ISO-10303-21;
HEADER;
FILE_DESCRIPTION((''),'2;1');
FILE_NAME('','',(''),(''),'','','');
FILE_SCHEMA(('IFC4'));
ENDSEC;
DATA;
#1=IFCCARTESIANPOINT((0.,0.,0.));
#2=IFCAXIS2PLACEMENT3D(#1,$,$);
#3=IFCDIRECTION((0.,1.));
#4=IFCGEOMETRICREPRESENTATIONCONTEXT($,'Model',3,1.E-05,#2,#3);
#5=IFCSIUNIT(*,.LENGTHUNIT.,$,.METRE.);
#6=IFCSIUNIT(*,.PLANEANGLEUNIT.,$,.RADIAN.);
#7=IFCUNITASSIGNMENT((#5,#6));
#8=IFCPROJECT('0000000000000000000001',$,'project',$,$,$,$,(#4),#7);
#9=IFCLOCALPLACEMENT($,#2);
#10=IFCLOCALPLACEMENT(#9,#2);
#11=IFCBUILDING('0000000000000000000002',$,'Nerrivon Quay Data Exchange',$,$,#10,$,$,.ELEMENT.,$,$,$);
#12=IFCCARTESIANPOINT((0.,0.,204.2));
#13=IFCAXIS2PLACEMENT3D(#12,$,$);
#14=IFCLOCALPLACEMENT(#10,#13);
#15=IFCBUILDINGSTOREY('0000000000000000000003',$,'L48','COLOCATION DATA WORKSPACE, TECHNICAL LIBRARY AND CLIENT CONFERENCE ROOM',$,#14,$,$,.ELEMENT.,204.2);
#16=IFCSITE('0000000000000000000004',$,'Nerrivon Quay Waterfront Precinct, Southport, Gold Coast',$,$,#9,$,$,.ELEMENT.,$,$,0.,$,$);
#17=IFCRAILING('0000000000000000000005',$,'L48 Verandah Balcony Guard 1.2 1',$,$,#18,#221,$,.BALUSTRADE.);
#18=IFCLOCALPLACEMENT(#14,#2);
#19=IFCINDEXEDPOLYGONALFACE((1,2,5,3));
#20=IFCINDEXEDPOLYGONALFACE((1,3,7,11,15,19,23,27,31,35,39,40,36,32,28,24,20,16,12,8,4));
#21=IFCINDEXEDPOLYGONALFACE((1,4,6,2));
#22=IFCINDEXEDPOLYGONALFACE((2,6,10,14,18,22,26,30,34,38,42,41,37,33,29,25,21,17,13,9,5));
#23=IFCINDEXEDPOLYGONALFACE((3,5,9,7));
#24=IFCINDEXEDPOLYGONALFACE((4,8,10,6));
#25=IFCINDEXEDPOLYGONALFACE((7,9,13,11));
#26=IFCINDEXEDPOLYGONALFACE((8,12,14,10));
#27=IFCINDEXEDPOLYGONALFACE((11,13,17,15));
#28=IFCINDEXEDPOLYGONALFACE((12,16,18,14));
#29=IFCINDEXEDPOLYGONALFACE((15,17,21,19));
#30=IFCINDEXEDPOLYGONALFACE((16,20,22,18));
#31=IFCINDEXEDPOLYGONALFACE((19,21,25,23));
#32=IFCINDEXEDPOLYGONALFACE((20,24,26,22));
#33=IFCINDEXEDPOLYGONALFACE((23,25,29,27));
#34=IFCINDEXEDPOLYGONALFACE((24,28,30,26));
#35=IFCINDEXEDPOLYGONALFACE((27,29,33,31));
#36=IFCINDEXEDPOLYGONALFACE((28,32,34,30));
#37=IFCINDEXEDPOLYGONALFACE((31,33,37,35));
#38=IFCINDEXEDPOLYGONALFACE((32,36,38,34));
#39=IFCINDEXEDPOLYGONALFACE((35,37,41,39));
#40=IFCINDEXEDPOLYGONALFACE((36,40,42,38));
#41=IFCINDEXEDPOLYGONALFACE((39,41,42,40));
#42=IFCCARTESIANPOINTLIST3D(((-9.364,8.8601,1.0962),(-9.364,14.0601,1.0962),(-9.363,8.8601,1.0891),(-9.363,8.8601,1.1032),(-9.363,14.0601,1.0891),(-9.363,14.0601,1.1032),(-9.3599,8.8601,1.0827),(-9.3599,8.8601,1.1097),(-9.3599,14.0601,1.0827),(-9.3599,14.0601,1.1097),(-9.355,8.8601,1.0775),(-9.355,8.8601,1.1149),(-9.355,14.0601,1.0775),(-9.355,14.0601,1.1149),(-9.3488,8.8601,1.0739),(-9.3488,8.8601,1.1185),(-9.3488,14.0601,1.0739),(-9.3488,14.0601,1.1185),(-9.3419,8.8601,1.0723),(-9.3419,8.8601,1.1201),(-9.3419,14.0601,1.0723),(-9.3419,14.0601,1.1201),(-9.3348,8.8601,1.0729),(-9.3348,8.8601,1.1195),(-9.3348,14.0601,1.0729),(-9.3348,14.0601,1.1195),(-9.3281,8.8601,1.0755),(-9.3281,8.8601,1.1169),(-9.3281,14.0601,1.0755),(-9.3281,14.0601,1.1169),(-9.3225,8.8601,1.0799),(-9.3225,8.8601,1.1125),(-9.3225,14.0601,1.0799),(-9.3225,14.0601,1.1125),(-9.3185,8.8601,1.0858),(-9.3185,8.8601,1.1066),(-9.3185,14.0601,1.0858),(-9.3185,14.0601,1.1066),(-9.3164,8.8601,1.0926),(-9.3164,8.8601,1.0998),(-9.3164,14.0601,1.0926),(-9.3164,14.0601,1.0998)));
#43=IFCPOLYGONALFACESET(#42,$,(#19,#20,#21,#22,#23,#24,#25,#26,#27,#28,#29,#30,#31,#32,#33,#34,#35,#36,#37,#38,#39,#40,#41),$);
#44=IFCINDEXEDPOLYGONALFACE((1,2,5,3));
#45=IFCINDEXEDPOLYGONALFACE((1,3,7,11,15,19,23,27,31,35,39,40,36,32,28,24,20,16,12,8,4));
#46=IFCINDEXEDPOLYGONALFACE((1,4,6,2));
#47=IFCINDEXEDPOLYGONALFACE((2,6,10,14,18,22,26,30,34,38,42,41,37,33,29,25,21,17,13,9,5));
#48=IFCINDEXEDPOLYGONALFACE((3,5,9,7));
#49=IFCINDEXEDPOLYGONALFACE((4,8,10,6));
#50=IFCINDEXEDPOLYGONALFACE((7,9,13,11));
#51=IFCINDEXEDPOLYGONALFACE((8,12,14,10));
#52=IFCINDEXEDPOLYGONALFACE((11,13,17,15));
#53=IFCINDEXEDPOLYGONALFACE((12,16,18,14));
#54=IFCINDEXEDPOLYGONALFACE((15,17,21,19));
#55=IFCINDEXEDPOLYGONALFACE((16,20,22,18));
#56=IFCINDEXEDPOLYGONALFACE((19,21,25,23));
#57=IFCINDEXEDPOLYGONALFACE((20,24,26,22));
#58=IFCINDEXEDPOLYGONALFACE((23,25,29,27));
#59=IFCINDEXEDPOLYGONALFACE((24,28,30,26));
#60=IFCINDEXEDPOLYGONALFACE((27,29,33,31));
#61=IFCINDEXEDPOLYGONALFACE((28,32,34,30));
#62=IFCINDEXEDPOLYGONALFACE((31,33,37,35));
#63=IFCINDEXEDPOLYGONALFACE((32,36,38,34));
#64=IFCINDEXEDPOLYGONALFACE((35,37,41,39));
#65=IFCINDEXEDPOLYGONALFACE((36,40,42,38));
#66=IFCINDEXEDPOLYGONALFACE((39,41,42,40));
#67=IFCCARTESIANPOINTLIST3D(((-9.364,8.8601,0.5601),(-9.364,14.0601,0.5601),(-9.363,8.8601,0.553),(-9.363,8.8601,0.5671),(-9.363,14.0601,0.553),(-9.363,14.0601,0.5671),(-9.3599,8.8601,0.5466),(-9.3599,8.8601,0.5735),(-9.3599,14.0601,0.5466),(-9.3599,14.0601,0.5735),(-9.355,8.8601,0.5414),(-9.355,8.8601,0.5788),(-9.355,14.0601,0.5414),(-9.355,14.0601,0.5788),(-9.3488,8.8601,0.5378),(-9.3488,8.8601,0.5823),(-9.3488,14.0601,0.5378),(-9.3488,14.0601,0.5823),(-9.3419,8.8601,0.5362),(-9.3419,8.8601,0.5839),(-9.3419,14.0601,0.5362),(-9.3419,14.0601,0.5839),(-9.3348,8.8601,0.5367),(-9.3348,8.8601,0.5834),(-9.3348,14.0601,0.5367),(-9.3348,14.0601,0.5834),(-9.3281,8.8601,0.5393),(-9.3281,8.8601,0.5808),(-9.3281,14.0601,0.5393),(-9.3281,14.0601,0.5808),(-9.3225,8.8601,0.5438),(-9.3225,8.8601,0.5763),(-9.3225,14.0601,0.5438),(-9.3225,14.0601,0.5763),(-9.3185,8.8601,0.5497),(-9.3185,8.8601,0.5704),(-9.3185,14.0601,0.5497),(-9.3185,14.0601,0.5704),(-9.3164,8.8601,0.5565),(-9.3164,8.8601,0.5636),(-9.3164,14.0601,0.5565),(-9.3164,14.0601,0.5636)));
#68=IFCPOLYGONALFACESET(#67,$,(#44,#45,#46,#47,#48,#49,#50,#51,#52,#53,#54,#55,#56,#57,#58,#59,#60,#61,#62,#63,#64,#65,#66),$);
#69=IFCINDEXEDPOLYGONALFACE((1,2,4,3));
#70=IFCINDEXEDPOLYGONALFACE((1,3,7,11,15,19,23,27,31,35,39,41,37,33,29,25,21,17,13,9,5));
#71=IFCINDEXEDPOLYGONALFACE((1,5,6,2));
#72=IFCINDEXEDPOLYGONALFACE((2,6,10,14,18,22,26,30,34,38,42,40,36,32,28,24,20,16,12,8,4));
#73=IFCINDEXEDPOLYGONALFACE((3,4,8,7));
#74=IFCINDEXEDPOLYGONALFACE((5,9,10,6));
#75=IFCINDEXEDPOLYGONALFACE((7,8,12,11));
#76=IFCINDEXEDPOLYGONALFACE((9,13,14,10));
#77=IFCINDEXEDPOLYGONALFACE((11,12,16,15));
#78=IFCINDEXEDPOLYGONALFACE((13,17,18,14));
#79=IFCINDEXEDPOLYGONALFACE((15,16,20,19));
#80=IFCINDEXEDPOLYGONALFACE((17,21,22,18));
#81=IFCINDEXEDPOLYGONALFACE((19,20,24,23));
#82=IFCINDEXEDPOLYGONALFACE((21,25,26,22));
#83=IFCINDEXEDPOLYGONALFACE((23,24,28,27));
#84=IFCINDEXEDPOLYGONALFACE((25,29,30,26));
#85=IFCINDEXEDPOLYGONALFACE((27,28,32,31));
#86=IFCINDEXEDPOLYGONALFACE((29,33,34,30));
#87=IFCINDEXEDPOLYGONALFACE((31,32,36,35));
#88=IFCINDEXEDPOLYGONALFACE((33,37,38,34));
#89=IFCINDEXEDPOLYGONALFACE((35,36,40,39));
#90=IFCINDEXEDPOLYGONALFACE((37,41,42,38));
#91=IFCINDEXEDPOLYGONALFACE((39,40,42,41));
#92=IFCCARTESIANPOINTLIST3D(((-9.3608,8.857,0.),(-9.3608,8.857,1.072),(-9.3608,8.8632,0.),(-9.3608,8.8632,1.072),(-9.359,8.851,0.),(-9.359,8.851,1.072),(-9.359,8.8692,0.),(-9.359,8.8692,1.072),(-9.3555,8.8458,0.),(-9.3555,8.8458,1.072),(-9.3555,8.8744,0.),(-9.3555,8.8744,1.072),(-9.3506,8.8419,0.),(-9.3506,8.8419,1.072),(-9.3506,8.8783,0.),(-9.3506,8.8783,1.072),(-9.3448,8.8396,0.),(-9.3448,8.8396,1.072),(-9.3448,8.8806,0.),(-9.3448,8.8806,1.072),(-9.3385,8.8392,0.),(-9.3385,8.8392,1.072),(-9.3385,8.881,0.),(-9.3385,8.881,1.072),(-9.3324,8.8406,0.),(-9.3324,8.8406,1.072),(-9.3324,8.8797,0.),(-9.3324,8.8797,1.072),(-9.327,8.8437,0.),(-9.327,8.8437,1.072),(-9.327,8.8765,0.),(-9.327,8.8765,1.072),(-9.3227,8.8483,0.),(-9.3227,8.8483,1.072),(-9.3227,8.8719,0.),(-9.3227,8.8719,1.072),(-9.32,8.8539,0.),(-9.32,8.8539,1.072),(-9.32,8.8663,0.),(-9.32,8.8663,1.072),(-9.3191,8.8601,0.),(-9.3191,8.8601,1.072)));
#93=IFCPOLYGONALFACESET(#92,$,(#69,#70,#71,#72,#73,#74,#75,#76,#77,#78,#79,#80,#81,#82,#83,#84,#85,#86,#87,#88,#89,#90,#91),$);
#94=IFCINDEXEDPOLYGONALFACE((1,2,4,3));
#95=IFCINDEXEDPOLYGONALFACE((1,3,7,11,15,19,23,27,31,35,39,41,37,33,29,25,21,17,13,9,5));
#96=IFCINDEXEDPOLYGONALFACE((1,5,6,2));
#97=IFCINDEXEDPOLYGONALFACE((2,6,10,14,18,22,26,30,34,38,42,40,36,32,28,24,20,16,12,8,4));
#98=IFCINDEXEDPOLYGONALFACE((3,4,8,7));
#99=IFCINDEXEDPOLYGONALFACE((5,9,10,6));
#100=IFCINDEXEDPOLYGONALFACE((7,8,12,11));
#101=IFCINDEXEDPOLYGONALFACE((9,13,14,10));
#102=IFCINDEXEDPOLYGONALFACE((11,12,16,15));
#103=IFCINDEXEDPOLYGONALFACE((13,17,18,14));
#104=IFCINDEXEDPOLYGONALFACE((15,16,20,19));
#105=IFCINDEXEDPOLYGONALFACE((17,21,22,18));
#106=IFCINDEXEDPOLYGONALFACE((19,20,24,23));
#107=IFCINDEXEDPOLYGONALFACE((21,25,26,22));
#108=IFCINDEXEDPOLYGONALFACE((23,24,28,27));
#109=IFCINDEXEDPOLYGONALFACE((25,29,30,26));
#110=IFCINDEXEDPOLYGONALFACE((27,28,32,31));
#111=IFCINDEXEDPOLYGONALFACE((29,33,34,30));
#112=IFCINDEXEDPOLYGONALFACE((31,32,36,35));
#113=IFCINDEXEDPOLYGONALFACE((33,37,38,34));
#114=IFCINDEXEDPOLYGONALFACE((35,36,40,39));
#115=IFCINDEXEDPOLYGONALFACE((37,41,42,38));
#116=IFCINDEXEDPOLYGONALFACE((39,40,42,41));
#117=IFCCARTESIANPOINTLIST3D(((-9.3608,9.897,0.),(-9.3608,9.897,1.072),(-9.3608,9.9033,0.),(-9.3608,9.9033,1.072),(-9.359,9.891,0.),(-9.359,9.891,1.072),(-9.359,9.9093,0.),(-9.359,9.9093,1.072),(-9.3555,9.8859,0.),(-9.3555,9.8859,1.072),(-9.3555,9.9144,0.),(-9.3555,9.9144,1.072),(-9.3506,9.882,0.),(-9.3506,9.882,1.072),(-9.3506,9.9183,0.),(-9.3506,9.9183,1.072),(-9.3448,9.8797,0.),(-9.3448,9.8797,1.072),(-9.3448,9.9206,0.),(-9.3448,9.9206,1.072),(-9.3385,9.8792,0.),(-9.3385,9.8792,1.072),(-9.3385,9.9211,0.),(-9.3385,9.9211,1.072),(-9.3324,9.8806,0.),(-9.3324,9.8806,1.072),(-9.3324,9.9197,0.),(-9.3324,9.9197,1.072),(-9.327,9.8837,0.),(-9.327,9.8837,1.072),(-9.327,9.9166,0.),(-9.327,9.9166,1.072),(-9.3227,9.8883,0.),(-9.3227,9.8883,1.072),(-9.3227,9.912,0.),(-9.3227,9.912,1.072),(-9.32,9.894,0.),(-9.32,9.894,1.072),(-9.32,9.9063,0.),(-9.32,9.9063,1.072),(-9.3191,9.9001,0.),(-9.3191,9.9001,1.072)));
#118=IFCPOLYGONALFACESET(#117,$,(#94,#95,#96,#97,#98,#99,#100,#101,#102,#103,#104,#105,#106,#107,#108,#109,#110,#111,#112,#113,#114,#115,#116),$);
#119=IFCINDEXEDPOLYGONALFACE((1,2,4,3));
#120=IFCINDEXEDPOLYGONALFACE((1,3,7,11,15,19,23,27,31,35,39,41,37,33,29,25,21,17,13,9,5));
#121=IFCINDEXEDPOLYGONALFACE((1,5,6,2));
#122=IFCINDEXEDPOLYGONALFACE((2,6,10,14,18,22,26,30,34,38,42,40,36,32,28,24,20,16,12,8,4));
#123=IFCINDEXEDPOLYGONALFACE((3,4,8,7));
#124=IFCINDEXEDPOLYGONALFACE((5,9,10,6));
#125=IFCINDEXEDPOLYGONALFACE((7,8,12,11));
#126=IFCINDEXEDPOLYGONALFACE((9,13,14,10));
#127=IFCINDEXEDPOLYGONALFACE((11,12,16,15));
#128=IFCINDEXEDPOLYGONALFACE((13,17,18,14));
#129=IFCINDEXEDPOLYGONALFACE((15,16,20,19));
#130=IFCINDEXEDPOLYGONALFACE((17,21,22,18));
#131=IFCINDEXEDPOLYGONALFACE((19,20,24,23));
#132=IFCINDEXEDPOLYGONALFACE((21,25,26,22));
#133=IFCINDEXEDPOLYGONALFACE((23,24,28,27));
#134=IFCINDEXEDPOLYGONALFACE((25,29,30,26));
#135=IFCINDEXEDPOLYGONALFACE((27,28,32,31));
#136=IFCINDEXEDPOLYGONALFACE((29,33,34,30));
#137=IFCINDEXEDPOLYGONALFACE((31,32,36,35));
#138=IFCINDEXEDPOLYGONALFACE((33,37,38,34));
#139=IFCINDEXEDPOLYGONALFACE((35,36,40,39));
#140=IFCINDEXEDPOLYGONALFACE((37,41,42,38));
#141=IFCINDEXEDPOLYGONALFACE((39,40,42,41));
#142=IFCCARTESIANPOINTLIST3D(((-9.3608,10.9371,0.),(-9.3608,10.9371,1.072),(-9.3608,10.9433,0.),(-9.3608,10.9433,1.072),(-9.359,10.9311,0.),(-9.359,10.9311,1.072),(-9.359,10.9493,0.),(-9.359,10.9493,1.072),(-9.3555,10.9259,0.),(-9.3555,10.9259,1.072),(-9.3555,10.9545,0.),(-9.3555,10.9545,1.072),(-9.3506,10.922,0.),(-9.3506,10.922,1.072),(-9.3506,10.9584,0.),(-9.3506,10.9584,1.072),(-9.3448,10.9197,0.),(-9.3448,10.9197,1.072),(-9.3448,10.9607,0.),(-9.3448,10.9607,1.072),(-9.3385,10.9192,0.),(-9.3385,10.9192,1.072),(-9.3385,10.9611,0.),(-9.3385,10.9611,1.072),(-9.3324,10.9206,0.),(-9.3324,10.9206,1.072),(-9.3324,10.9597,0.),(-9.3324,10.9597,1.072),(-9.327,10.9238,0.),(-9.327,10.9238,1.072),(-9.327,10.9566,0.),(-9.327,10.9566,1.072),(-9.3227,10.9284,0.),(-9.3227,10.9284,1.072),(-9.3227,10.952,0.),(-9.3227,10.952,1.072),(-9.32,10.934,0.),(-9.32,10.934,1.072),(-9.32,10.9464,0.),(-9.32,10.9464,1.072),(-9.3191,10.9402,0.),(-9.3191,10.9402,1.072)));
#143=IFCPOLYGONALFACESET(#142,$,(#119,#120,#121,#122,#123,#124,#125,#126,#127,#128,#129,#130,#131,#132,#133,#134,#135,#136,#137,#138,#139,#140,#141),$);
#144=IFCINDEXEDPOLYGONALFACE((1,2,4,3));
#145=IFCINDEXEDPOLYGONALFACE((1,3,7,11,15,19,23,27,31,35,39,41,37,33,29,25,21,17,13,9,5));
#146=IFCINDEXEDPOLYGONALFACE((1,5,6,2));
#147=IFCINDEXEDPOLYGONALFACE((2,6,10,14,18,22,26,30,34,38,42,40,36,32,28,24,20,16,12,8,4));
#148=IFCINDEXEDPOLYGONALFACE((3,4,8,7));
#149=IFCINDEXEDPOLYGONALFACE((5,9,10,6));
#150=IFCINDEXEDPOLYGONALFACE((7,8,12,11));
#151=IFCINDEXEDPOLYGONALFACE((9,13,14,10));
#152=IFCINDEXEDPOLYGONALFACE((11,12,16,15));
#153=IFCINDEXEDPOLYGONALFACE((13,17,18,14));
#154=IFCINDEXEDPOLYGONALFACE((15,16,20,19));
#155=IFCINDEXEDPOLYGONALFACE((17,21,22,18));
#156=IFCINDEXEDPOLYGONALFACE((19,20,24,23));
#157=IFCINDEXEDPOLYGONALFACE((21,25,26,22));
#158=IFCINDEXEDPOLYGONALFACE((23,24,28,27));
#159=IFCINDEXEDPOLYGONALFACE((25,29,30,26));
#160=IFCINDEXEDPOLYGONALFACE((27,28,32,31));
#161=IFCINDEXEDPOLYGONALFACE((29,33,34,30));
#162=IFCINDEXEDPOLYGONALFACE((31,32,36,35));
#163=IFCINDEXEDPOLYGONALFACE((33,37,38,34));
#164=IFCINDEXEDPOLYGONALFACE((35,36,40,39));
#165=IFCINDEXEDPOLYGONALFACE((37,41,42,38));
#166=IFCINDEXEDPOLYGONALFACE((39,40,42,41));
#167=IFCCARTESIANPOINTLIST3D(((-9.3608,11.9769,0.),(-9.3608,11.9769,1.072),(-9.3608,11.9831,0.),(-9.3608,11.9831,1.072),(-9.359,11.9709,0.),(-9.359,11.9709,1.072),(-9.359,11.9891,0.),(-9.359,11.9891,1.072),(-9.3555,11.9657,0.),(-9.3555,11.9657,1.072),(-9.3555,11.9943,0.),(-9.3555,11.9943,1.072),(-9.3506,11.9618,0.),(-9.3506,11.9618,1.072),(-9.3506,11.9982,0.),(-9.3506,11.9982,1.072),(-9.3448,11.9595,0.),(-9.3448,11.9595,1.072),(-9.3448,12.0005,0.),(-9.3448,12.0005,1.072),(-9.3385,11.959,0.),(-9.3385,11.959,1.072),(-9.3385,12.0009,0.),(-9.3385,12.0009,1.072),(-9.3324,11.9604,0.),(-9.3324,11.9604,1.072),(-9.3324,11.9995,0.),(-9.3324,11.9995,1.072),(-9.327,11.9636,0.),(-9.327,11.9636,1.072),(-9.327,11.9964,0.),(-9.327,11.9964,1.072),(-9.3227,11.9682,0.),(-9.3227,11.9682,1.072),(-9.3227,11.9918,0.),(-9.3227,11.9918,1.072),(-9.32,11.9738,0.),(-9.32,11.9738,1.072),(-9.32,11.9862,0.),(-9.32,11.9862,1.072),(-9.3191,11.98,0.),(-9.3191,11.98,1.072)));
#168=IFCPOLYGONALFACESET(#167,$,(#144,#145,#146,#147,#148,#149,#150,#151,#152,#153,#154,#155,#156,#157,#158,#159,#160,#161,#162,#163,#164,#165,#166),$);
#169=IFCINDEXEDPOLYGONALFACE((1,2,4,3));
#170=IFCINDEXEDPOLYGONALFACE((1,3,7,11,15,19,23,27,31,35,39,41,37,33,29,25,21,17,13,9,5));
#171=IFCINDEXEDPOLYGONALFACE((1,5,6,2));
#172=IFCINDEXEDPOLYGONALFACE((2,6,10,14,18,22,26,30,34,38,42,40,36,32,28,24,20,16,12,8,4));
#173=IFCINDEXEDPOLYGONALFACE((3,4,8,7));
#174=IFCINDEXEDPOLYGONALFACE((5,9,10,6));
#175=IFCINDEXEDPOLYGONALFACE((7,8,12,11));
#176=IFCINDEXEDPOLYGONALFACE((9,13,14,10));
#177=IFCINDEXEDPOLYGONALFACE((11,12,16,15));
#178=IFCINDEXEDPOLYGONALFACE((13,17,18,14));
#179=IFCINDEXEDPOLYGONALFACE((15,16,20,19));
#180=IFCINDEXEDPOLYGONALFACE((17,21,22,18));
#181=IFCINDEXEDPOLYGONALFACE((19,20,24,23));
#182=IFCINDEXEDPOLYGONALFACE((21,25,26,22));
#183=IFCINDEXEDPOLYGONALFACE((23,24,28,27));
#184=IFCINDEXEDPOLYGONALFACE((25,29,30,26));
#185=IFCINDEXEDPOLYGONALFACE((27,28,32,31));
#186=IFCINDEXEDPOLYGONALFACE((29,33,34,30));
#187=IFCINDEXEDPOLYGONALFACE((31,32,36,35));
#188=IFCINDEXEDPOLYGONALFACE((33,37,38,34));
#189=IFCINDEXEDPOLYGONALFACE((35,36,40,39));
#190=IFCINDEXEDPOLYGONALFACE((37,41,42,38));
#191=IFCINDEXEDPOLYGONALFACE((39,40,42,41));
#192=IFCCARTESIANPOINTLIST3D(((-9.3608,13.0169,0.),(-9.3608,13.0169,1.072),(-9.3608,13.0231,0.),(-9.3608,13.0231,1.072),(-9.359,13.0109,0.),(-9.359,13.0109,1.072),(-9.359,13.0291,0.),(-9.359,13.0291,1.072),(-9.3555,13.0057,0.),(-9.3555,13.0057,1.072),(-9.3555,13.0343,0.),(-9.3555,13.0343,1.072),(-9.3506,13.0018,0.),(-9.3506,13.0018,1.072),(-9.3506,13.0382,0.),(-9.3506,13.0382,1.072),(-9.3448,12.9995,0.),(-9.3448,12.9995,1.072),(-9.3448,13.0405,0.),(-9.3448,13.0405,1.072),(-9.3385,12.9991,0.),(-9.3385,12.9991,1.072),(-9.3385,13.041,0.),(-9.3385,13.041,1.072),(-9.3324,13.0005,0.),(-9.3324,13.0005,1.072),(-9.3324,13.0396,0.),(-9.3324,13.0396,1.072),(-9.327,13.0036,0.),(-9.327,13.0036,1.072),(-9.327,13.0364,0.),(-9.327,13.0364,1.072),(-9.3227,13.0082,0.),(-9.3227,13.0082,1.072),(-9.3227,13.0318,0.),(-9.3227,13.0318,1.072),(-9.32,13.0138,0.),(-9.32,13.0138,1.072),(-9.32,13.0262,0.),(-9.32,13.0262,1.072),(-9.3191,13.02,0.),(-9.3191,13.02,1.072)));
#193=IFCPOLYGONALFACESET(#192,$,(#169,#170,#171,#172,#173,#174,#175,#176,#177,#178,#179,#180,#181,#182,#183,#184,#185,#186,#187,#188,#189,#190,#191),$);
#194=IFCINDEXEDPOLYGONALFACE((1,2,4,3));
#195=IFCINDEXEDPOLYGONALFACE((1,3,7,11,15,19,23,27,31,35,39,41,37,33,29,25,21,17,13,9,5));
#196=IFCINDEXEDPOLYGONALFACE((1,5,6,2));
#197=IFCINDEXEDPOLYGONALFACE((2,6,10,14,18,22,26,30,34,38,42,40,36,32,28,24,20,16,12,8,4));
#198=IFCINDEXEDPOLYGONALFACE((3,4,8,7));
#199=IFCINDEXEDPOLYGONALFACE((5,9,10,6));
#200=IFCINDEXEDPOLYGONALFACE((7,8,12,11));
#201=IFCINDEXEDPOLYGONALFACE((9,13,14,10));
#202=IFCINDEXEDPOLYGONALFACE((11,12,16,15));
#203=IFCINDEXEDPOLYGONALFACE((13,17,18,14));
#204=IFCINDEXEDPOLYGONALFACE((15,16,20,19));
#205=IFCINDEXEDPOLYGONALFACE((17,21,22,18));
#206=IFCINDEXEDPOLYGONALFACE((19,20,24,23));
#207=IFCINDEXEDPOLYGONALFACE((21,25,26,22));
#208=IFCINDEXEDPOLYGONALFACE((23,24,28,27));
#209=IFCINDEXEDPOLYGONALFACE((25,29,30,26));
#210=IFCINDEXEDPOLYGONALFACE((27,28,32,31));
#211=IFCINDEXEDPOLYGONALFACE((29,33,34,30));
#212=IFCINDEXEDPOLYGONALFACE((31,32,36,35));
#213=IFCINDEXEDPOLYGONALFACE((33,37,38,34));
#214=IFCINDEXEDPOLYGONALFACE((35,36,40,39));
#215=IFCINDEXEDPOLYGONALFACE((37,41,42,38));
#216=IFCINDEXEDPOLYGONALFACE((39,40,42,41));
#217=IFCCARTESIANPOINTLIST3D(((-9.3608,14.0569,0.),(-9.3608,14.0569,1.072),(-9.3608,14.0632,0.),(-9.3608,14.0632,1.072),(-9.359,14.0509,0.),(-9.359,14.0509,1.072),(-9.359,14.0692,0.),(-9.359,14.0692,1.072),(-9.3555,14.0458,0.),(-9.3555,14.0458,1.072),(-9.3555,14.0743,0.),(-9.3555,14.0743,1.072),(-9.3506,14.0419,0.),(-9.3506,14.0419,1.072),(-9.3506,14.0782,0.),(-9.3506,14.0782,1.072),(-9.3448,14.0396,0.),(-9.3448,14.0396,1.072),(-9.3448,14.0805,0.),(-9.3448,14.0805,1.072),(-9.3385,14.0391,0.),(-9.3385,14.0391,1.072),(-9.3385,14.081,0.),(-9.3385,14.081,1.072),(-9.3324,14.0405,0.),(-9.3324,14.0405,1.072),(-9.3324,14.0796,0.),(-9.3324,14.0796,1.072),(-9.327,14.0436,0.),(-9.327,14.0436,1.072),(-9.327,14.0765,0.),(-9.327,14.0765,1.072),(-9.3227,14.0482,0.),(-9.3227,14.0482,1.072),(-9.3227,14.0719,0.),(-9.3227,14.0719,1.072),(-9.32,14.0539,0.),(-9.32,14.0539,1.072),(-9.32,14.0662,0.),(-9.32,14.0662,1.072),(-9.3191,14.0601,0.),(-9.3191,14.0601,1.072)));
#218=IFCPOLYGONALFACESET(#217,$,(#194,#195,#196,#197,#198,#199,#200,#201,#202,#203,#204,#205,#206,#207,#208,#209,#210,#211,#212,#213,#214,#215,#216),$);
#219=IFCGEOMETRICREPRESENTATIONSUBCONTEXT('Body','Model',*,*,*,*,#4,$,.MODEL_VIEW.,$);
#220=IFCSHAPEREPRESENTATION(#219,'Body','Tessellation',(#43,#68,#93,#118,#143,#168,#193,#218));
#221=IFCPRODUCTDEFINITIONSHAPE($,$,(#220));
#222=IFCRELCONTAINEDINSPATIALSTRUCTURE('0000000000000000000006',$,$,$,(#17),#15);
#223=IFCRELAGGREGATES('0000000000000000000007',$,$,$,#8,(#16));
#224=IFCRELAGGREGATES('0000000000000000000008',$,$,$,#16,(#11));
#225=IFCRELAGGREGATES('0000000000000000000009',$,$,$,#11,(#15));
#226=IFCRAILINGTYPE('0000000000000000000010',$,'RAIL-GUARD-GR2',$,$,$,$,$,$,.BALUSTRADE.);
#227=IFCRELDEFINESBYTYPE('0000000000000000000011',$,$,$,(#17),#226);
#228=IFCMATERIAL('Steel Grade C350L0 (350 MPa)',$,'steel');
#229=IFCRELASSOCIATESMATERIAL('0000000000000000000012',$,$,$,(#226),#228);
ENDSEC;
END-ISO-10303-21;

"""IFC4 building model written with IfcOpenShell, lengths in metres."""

from ifc_helpers import new_model, si_unit, direction, frame, origin, origin_2d, place, context, subcontext, project, spatial, circle, extrude, material, type_object, element, save


model = new_model("IFC4")

# Units and contexts
model_context = context("Model", 3, precision=1e-05, world=origin(), true_north=direction((0.0, 1.0)))
body_context = subcontext(model_context, "Body", "Model", "MODEL_VIEW")
ifc_project = project(units=[si_unit("LENGTHUNIT", "METRE"), si_unit("PLANEANGLEUNIT", "RADIAN")], contexts=[model_context])

# Site, building, storey
site_placement = place(None, origin())
site = spatial("IfcSite", under=ifc_project, at=site_placement, Name="Nerrivon Quay Waterfront Precinct, Southport, Gold Coast", CompositionType="ELEMENT", RefElevation=0.0)
building_placement = place(site_placement, origin())
building = spatial("IfcBuilding", under=site, at=building_placement, Name="Nerrivon Quay Data Exchange", CompositionType="ELEMENT")
storey_placement = place(building_placement, frame((0.0, 0.0, 204.2)))
storey = spatial("IfcBuildingStorey", under=building, at=storey_placement, Name="L48", Description="COLOCATION DATA WORKSPACE, TECHNICAL LIBRARY AND CLIENT CONFERENCE ROOM", CompositionType="ELEMENT", Elevation=204.2)

# Railing
ifc_material_1 = material(Name="Steel Grade C350L0 (350 MPa)", Category="steel")
railing_type = type_object("IfcRailingType", Name="RAIL-GUARD-GR2", PredefinedType="BALUSTRADE", material=ifc_material_1)
railing_1_placement = place(storey_placement, frame((-9.3401, 8.8601, 0.0)))
element("IfcRailing", 1, at=railing_1_placement, inside=storey, type_object=railing_type, Name="L48 Verandah Balcony Guard 1.2 1", PredefinedType="BALUSTRADE", context=body_context, shape_type="SweptSolid", body=[
    extrude(circle(Radius=0.0239, at=origin_2d()), frame((0.0, 0.0, 1.0962), z_axis=(0.0, 1.0, 0.0), x_axis=(-1.0, 0.0, 0.0)), (0.0, 0.0, 1.0), 5.2),
    extrude(circle(Radius=0.0239, at=origin_2d()), frame((0.0, 0.0, 0.5601), z_axis=(0.0, 1.0, 0.0), x_axis=(-1.0, 0.0, 0.0)), (0.0, 0.0, 1.0), 5.2),
    extrude(circle(Radius=0.021, at=origin_2d()), origin(), (0.0, 0.0, 1.0), 1.072),
    extrude(circle(Radius=0.021, at=origin_2d()), frame((0.0, 1.04, 0.0)), (0.0, 0.0, 1.0), 1.072),
    extrude(circle(Radius=0.021, at=origin_2d()), frame((0.0, 2.0801, 0.0)), (0.0, 0.0, 1.0), 1.072),
    extrude(circle(Radius=0.021, at=origin_2d()), frame((0.0, 3.1199, 0.0)), (0.0, 0.0, 1.0), 1.072),
    extrude(circle(Radius=0.021, at=origin_2d()), frame((0.0, 4.1599, 0.0)), (0.0, 0.0, 1.0), 1.072),
    extrude(circle(Radius=0.021, at=origin_2d()), frame((0.0, 5.2, 0.0)), (0.0, 0.0, 1.0), 1.072),
])

save(model, "model.ifc")
